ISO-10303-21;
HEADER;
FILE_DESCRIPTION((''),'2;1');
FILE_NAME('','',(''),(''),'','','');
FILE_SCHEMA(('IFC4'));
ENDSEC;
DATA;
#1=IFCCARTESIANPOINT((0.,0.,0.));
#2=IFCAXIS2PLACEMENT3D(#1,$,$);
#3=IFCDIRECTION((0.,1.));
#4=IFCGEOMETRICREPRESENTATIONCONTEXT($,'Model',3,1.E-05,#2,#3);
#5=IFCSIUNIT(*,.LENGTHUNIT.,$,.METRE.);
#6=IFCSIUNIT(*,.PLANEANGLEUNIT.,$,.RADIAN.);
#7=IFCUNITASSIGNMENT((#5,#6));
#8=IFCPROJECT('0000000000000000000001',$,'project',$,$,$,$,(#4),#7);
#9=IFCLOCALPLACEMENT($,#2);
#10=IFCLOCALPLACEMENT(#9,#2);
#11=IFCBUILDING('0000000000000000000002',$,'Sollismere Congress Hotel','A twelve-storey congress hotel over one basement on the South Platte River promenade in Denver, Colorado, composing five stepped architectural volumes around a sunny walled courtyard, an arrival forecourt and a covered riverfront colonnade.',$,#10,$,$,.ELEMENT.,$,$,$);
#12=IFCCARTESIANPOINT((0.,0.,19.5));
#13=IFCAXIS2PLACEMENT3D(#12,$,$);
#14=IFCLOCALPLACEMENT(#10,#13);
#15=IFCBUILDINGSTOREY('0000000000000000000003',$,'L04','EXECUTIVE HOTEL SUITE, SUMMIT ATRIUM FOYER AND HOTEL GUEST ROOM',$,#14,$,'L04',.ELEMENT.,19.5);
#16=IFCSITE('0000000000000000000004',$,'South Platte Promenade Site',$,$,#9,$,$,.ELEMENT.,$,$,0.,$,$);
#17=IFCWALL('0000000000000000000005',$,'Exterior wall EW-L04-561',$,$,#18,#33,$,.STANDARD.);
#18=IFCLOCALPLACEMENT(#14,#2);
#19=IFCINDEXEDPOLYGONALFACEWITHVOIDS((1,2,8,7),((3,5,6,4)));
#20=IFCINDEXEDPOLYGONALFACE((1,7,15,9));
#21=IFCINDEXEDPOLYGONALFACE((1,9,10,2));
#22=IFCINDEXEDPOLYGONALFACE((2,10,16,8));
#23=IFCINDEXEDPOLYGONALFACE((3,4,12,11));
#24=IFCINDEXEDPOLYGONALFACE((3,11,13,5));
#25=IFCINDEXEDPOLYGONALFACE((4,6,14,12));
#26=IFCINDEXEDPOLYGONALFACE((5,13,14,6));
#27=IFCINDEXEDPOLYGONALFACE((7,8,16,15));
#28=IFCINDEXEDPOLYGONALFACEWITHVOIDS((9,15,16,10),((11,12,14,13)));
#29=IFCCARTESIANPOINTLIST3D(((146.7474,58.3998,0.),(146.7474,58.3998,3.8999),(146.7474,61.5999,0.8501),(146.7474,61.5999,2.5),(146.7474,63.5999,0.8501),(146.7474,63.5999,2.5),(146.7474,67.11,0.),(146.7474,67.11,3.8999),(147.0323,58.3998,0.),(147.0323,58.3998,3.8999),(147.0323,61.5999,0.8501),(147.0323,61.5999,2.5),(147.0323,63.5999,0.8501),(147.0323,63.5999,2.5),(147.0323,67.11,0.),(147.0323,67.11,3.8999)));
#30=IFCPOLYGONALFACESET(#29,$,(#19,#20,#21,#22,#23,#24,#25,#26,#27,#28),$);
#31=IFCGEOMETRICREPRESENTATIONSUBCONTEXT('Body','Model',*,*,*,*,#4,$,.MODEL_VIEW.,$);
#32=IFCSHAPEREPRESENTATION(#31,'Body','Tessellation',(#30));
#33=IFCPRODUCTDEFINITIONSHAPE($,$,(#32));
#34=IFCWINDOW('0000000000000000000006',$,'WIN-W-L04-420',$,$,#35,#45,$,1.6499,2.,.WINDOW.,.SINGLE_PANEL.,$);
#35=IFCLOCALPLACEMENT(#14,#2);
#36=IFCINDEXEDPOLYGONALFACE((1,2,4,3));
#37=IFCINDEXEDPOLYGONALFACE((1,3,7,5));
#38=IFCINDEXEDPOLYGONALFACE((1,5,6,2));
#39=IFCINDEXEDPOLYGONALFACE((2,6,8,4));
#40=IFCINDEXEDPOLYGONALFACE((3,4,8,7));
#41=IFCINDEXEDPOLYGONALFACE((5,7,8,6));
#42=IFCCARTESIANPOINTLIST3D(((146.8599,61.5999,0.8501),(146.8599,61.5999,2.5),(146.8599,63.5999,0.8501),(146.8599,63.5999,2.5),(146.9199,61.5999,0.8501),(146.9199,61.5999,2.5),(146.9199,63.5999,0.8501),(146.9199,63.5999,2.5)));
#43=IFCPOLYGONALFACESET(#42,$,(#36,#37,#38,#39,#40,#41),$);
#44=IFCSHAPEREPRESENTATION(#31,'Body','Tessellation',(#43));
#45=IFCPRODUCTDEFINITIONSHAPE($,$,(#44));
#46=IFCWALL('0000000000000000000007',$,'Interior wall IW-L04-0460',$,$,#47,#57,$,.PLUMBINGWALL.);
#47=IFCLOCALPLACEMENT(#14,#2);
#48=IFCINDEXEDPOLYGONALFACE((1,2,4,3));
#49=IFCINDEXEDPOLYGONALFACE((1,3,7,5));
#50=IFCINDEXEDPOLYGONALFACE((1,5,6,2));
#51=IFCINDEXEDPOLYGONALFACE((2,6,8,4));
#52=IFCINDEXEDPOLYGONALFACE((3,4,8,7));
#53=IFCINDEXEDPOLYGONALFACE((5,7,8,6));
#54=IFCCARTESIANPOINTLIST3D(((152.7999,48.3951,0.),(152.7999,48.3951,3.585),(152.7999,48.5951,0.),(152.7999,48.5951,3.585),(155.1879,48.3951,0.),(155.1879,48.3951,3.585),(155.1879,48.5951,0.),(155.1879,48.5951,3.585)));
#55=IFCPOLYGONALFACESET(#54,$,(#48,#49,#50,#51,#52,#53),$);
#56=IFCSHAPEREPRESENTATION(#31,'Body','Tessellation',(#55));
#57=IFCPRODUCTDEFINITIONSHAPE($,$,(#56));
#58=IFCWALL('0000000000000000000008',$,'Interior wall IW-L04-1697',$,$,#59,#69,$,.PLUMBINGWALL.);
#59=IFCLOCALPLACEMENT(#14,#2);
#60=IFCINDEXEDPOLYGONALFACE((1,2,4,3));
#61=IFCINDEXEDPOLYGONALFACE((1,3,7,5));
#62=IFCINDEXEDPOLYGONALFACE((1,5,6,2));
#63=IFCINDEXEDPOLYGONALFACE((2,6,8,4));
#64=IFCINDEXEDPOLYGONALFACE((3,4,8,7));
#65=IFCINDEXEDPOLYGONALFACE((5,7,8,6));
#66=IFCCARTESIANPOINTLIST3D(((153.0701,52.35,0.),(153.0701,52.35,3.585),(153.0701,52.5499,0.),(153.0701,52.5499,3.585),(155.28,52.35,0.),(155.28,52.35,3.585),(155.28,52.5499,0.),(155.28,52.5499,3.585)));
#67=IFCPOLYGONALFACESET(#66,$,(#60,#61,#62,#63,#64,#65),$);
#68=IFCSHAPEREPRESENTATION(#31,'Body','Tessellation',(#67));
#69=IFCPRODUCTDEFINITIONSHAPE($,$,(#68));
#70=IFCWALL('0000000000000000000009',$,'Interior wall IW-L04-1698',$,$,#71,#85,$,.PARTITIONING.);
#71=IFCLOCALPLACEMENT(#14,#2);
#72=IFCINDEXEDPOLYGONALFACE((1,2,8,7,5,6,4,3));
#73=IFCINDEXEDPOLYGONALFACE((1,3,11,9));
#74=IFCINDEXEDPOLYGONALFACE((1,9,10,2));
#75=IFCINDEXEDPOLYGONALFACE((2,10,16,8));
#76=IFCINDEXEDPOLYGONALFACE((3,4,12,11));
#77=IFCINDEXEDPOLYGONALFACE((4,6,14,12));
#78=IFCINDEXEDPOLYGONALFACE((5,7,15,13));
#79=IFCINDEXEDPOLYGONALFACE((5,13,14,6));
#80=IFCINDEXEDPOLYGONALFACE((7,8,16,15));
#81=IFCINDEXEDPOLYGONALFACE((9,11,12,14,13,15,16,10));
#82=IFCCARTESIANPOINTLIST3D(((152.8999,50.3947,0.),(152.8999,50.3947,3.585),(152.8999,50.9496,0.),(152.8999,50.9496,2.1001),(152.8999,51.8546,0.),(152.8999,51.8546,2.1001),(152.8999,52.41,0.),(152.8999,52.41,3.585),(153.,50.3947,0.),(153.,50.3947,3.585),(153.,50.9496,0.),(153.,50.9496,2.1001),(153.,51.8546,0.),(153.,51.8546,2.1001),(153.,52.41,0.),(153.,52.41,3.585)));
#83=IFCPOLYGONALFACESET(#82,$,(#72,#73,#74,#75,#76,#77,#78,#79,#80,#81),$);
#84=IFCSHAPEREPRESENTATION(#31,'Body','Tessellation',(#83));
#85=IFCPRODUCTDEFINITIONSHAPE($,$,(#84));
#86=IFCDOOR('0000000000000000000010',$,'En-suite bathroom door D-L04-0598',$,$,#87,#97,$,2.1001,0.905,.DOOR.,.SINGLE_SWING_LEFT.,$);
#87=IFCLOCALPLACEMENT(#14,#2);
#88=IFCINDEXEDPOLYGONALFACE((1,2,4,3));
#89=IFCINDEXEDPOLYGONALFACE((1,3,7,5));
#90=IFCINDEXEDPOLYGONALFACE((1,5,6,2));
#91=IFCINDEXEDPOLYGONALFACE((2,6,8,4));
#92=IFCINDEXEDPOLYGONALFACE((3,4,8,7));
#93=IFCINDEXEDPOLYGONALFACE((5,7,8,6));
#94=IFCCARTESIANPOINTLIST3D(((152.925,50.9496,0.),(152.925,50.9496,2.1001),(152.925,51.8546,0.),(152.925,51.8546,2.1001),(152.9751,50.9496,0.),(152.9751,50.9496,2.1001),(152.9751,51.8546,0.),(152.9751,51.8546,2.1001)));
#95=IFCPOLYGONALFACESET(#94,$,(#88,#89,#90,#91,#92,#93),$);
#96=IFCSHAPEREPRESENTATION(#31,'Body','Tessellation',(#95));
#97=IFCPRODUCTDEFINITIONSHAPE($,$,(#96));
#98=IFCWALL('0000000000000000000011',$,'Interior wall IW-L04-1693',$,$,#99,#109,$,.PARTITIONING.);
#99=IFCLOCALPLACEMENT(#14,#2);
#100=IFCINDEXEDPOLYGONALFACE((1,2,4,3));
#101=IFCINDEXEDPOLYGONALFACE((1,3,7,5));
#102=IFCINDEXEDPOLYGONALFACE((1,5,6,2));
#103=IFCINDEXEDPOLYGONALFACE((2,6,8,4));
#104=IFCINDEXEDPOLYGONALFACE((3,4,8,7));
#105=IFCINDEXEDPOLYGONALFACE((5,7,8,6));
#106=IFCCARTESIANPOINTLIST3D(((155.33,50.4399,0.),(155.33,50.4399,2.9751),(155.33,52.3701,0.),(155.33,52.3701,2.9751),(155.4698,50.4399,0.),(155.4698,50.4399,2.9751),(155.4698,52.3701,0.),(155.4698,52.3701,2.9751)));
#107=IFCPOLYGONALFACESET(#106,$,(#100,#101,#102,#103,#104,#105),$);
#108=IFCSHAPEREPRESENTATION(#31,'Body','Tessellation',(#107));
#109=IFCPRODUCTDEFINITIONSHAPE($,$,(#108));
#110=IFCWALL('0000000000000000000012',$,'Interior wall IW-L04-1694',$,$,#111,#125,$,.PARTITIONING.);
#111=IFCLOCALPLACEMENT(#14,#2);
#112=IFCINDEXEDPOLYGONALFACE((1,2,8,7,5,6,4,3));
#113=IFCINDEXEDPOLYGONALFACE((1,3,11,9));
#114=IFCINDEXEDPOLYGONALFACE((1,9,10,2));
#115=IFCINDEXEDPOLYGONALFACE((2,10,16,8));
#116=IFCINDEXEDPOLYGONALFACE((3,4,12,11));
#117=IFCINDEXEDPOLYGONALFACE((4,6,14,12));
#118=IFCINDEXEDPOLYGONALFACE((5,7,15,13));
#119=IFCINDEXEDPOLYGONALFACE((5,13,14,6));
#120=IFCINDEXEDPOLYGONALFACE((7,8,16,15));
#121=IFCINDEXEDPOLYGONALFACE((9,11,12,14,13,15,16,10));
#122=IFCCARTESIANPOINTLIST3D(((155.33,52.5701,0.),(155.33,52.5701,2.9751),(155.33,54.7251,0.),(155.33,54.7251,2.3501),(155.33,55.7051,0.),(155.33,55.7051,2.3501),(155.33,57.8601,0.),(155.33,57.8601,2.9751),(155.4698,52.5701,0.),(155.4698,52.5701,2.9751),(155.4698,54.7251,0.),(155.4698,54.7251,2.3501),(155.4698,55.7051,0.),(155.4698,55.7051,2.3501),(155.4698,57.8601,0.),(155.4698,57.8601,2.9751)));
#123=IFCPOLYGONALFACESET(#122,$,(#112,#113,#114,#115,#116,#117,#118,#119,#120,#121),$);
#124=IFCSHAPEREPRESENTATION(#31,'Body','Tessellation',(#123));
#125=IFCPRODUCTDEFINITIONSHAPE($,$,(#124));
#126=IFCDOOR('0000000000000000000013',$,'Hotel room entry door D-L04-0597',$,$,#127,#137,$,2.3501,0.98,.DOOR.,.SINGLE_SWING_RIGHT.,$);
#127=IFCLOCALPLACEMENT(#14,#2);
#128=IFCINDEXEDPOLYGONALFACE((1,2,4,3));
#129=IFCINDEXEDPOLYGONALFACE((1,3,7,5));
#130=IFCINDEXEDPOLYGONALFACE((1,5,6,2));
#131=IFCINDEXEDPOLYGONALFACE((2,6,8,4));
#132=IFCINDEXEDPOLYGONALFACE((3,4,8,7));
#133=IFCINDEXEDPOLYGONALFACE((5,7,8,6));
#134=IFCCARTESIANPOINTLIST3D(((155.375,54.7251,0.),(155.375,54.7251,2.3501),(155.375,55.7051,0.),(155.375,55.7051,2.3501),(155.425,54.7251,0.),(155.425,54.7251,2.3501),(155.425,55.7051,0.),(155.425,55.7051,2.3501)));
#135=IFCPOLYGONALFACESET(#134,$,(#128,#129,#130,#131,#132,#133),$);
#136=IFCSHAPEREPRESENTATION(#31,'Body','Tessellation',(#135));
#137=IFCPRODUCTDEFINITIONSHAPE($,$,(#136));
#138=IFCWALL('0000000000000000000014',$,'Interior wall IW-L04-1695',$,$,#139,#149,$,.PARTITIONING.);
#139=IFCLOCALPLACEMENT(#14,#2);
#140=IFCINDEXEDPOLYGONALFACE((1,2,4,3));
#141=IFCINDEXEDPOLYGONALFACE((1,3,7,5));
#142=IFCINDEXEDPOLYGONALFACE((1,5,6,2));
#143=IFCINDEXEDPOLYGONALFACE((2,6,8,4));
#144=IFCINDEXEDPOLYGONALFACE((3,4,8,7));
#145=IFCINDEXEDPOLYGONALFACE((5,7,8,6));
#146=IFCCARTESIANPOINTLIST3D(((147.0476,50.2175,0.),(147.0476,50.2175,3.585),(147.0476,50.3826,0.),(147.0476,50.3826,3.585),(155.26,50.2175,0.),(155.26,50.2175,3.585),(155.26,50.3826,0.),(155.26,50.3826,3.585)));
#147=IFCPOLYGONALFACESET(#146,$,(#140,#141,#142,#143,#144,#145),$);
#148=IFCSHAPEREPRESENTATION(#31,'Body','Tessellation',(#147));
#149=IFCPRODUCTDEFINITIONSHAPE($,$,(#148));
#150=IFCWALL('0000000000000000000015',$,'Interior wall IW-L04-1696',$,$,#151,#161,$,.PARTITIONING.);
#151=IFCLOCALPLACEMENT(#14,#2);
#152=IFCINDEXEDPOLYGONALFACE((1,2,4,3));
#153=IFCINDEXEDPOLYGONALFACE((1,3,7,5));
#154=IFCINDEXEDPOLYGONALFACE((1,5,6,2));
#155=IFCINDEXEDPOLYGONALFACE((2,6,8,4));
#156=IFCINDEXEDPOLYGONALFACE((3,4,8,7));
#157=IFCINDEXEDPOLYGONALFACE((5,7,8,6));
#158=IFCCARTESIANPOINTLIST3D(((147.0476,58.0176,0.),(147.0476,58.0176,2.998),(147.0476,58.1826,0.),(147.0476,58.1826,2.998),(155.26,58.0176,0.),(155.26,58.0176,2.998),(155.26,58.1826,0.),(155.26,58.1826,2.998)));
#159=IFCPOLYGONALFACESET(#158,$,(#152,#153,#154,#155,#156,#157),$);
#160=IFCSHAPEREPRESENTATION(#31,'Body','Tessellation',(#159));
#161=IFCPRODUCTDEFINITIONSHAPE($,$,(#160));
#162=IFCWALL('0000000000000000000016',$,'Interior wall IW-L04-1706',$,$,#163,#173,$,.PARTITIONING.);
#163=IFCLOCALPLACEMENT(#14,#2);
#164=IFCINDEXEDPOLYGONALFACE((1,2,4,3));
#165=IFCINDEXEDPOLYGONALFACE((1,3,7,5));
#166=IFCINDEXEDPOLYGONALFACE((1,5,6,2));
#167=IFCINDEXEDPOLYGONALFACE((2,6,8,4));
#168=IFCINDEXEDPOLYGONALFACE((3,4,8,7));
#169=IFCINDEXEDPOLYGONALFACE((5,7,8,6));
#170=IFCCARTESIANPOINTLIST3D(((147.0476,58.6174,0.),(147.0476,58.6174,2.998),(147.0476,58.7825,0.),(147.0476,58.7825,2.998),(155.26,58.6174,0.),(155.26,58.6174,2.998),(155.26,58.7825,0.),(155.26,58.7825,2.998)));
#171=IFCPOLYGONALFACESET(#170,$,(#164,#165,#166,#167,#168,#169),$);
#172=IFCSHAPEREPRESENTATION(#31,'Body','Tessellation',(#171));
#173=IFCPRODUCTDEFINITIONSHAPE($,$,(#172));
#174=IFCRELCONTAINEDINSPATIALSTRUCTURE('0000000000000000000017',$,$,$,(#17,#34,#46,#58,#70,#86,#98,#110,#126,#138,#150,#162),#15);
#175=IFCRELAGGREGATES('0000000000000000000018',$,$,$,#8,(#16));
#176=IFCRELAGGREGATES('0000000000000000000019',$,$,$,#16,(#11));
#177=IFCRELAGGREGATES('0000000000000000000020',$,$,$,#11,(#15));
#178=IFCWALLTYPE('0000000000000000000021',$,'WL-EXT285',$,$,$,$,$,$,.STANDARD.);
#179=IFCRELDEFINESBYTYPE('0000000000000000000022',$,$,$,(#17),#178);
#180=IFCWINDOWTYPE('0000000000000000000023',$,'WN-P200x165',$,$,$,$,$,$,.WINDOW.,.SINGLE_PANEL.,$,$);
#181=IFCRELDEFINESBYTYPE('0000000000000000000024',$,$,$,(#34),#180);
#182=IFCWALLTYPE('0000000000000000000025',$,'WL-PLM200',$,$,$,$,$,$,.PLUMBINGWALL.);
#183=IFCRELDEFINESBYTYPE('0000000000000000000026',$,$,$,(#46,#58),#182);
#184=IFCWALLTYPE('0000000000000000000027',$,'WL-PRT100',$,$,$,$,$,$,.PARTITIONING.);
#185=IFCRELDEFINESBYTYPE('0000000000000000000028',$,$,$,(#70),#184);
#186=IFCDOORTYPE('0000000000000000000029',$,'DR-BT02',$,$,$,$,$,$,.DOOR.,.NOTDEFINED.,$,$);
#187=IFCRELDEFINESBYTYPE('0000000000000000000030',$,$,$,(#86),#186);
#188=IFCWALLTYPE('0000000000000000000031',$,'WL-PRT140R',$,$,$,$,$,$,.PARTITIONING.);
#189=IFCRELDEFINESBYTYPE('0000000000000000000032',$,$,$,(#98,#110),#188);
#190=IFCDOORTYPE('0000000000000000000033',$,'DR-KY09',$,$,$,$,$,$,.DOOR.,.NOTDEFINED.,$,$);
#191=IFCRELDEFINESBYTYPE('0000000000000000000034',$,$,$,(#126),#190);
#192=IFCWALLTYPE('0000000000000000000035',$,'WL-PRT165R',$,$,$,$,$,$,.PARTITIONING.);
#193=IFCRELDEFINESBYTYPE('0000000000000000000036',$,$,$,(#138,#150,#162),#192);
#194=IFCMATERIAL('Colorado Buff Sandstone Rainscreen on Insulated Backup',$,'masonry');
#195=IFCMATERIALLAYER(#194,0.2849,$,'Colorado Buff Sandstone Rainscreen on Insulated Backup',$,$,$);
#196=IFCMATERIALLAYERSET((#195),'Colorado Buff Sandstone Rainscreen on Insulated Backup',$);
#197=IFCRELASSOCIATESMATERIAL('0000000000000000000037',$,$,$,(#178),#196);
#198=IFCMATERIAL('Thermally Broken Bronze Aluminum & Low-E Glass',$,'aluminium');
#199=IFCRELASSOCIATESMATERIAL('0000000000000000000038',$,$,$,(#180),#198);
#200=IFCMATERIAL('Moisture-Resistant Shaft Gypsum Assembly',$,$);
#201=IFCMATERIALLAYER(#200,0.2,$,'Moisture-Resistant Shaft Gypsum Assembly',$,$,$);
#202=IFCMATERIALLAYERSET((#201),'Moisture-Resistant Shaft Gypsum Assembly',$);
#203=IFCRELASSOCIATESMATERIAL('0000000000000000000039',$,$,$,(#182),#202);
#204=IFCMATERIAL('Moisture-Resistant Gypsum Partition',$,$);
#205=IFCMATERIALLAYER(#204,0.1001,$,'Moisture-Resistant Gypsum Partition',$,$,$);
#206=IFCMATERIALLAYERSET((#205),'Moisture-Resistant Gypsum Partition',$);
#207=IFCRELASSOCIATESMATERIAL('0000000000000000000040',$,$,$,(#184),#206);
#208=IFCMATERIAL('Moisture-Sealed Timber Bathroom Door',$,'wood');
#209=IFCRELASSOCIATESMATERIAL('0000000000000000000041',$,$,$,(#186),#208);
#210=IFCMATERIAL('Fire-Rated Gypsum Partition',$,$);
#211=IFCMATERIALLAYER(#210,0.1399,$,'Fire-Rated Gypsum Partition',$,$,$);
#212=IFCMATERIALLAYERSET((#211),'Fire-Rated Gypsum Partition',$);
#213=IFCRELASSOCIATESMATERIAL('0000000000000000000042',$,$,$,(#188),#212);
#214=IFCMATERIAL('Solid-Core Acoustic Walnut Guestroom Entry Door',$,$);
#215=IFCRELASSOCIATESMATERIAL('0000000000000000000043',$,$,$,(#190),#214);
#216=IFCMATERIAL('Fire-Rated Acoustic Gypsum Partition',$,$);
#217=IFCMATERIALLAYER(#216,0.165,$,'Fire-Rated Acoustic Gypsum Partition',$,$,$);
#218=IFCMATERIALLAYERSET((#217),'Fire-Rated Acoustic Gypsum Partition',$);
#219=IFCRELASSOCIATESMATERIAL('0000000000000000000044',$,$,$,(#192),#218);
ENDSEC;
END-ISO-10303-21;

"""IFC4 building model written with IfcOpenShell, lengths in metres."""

from ifc_helpers import new_model, si_unit, direction, frame, frame_2d, origin, place, context, subcontext, project, spatial, rectangle, extrude, material, layer, layer_set, type_object, element, fill, save


model = new_model("IFC4")

# Units and contexts
model_context = context("Model", 3, precision=1e-05, world=origin(), true_north=direction((0.0, 1.0)))
body_context = subcontext(model_context, "Body", "Model", "MODEL_VIEW")
ifc_project = project(units=[si_unit("LENGTHUNIT", "METRE"), si_unit("PLANEANGLEUNIT", "RADIAN")], contexts=[model_context])

# Site, building, storey
site_placement = place(None, origin())
site = spatial("IfcSite", under=ifc_project, at=site_placement, Name="South Platte Promenade Site", CompositionType="ELEMENT", RefElevation=0.0)
building_placement = place(site_placement, origin())
building = spatial("IfcBuilding", under=site, at=building_placement, Name="Sollismere Congress Hotel", Description="A twelve-storey congress hotel over one basement on the South Platte River promenade in Denver, Colorado, composing five stepped architectural volumes around a sunny walled courtyard, an arrival forecourt and a covered riverfront colonnade.", CompositionType="ELEMENT")
storey_placement = place(building_placement, frame((0.0, 0.0, 19.5)))
storey = spatial("IfcBuildingStorey", under=building, at=storey_placement, Name="L04", Description="EXECUTIVE HOTEL SUITE, SUMMIT ATRIUM FOYER AND HOTEL GUEST ROOM", LongName="L04", CompositionType="ELEMENT", Elevation=19.5)

# Wall, opening, window
ifc_material_1 = material(Name="Colorado Buff Sandstone Rainscreen on Insulated Backup", Category="masonry")
ifc_layer_1 = layer(ifc_material_1, 0.2849, Name="Colorado Buff Sandstone Rainscreen on Insulated Backup")
ifc_layer_set_1 = layer_set([ifc_layer_1], Name="Colorado Buff Sandstone Rainscreen on Insulated Backup")
wall_type_1 = type_object("IfcWallType", Name="WL-EXT285", PredefinedType="STANDARD", material=ifc_layer_set_1)
ifc_material_2 = material(Name="Thermally Broken Bronze Aluminum & Low-E Glass", Category="aluminium")
wall_1_placement = place(storey_placement, frame((146.8899, 58.3999, 0.0), z_axis=(0.0, 0.0, 1.0), x_axis=(0.0, 1.0, 0.0)))
wall_1 = element("IfcWall", 1, at=wall_1_placement, inside=storey, type_object=wall_type_1, Name="Exterior wall EW-L04-561", PredefinedType="STANDARD", context=body_context, shape_type="SweptSolid", body=[
    extrude(rectangle(XDim=8.7102, YDim=0.2849, at=frame_2d((4.355, 0.0))), origin(), (0.0, 0.0, 1.0), 3.8999),
])
opening_1_placement = place(wall_1_placement, frame((3.2, 0.0, 0.8501)))
opening_1 = element("IfcOpeningElement", 2, at=opening_1_placement, cuts=wall_1, PredefinedType="OPENING", context=body_context, shape_type="SweptSolid", body=[
    extrude(rectangle(XDim=2.0, YDim=1.6499, at=frame_2d((1.0, 0.825))), frame((0.0, 0.1523, 0.0), z_axis=(0.0, -1.0, 0.0), x_axis=(1.0, 0.0, 0.0)), (0.0, 0.0, 1.0), 0.3049),
])
window_type_1 = type_object("IfcWindowType", Name="WN-P200x165", PartitioningType="SINGLE_PANEL", PredefinedType="WINDOW", material=ifc_material_2)
window_1_placement = place(opening_1_placement, origin())
window_1 = element("IfcWindow", 3, at=window_1_placement, inside=storey, type_object=window_type_1, Name="WIN-W-L04-420", OverallHeight=1.6499, OverallWidth=2.0, PartitioningType="SINGLE_PANEL", PredefinedType="WINDOW", context=body_context, shape_type="SweptSolid", body=[
    extrude(rectangle(XDim=2.0, YDim=1.6499, at=frame_2d((1.0, 0.825))), frame((0.0, 0.03, 0.0), z_axis=(0.0, -1.0, 0.0), x_axis=(1.0, 0.0, 0.0)), (0.0, 0.0, 1.0), 0.0601),
])
fill(opening_1, window_1)

# Walls
ifc_material_3 = material(Name="Moisture-Resistant Shaft Gypsum Assembly")
ifc_layer_2 = layer(ifc_material_3, 0.2, Name="Moisture-Resistant Shaft Gypsum Assembly")
ifc_layer_set_2 = layer_set([ifc_layer_2], Name="Moisture-Resistant Shaft Gypsum Assembly")
wall_type_2 = type_object("IfcWallType", Name="WL-PLM200", PredefinedType="PLUMBINGWALL", material=ifc_layer_set_2)
wall_2_placement = place(storey_placement, frame((152.8, 48.4951, 0.0), z_axis=(0.0, 0.0, 1.0), x_axis=(1.0, 0.0, 0.0)))
element("IfcWall", 4, at=wall_2_placement, inside=storey, type_object=wall_type_2, Name="Interior wall IW-L04-0460", PredefinedType="PLUMBINGWALL", context=body_context, shape_type="SweptSolid", body=[
    extrude(rectangle(XDim=2.3879, YDim=0.2, at=frame_2d((1.1938, 0.0))), origin(), (0.0, 0.0, 1.0), 3.585),
])
wall_3_placement = place(storey_placement, frame((153.0701, 52.45, 0.0), z_axis=(0.0, 0.0, 1.0), x_axis=(1.0, 0.0, 0.0)))
element("IfcWall", 5, at=wall_3_placement, inside=storey, type_object=wall_type_2, Name="Interior wall IW-L04-1697", PredefinedType="PLUMBINGWALL", context=body_context, shape_type="SweptSolid", body=[
    extrude(rectangle(XDim=2.21, YDim=0.2, at=frame_2d((1.105, 0.0))), origin(), (0.0, 0.0, 1.0), 3.585),
])

# Wall, opening, door
ifc_material_4 = material(Name="Moisture-Resistant Gypsum Partition")
ifc_layer_3 = layer(ifc_material_4, 0.1001, Name="Moisture-Resistant Gypsum Partition")
ifc_layer_set_3 = layer_set([ifc_layer_3], Name="Moisture-Resistant Gypsum Partition")
wall_type_3 = type_object("IfcWallType", Name="WL-PRT100", PredefinedType="PARTITIONING", material=ifc_layer_set_3)
wall_4_placement = place(storey_placement, frame((152.95, 50.3945, 0.0), z_axis=(0.0, 0.0, 1.0), x_axis=(0.0, 1.0, 0.0)))
wall_4 = element("IfcWall", 6, at=wall_4_placement, inside=storey, type_object=wall_type_3, Name="Interior wall IW-L04-1698", PredefinedType="PARTITIONING", context=body_context, shape_type="SweptSolid", body=[
    extrude(rectangle(XDim=2.0154, YDim=0.1001, at=frame_2d((1.0078, 0.0))), origin(), (0.0, 0.0, 1.0), 3.585),
])
opening_2_placement = place(wall_4_placement, frame((0.5549, 0.0, 0.0)))
opening_2 = element("IfcOpeningElement", 7, at=opening_2_placement, cuts=wall_4, PredefinedType="OPENING", context=body_context, shape_type="SweptSolid", body=[
    extrude(rectangle(XDim=0.905, YDim=2.1001, at=frame_2d((0.4526, 1.05))), frame((0.0, 0.0601, 0.0), z_axis=(0.0, -1.0, 0.0), x_axis=(1.0, 0.0, 0.0)), (0.0, 0.0, 1.0), 0.1201),
])
ifc_material_5 = material(Name="Moisture-Sealed Timber Bathroom Door", Category="wood")
door_type_1 = type_object("IfcDoorType", Name="DR-BT02", OperationType="NOTDEFINED", PredefinedType="DOOR", material=ifc_material_5)
door_1_placement = place(opening_2_placement, origin())
door_1 = element("IfcDoor", 8, at=door_1_placement, inside=storey, type_object=door_type_1, Name="En-suite bathroom door D-L04-0598", OperationType="SINGLE_SWING_LEFT", OverallHeight=2.1001, OverallWidth=0.905, PredefinedType="DOOR", context=body_context, shape_type="SweptSolid", body=[
    extrude(rectangle(XDim=0.905, YDim=2.1001, at=frame_2d((0.4526, 1.05))), frame((0.0, 0.0249, 0.0), z_axis=(0.0, -1.0, 0.0), x_axis=(1.0, 0.0, 0.0)), (0.0, 0.0, 1.0), 0.05),
])
fill(opening_2, door_1)

# Wall
ifc_material_6 = material(Name="Fire-Rated Gypsum Partition")
ifc_layer_4 = layer(ifc_material_6, 0.1399, Name="Fire-Rated Gypsum Partition")
ifc_layer_set_4 = layer_set([ifc_layer_4], Name="Fire-Rated Gypsum Partition")
wall_type_4 = type_object("IfcWallType", Name="WL-PRT140R", PredefinedType="PARTITIONING", material=ifc_layer_set_4)
wall_5_placement = place(storey_placement, frame((155.3999, 50.4399, 0.0), z_axis=(0.0, 0.0, 1.0), x_axis=(0.0, 1.0, 0.0)))
element("IfcWall", 9, at=wall_5_placement, inside=storey, type_object=wall_type_4, Name="Interior wall IW-L04-1693", PredefinedType="PARTITIONING", context=body_context, shape_type="SweptSolid", body=[
    extrude(rectangle(XDim=1.9302, YDim=0.1399, at=frame_2d((0.9651, 0.0))), origin(), (0.0, 0.0, 1.0), 2.9751),
])

# Wall, opening, door
wall_6_placement = place(storey_placement, frame((155.3999, 52.5701, 0.0), z_axis=(0.0, 0.0, 1.0), x_axis=(0.0, 1.0, 0.0)))
wall_6 = element("IfcWall", 10, at=wall_6_placement, inside=storey, type_object=wall_type_4, Name="Interior wall IW-L04-1694", PredefinedType="PARTITIONING", context=body_context, shape_type="SweptSolid", body=[
    extrude(rectangle(XDim=5.29, YDim=0.1399, at=frame_2d((2.645, 0.0))), origin(), (0.0, 0.0, 1.0), 2.9751),
])
opening_3_placement = place(wall_6_placement, frame((2.155, 0.0, 0.0)))
opening_3 = element("IfcOpeningElement", 11, at=opening_3_placement, cuts=wall_6, PredefinedType="OPENING", context=body_context, shape_type="SweptSolid", body=[
    extrude(rectangle(XDim=0.98, YDim=2.3501, at=frame_2d((0.49, 1.175))), frame((0.0, 0.0798, 0.0), z_axis=(0.0, -1.0, 0.0), x_axis=(1.0, 0.0, 0.0)), (0.0, 0.0, 1.0), 0.1599),
])
ifc_material_7 = material(Name="Solid-Core Acoustic Walnut Guestroom Entry Door")
door_type_2 = type_object("IfcDoorType", Name="DR-KY09", OperationType="NOTDEFINED", PredefinedType="DOOR", material=ifc_material_7)
door_2_placement = place(opening_3_placement, origin())
door_2 = element("IfcDoor", 12, at=door_2_placement, inside=storey, type_object=door_type_2, Name="Hotel room entry door D-L04-0597", OperationType="SINGLE_SWING_RIGHT", OverallHeight=2.3501, OverallWidth=0.98, PredefinedType="DOOR", context=body_context, shape_type="SweptSolid", body=[
    extrude(rectangle(XDim=0.98, YDim=2.3501, at=frame_2d((0.49, 1.175))), frame((0.0, 0.0249, 0.0), z_axis=(0.0, -1.0, 0.0), x_axis=(1.0, 0.0, 0.0)), (0.0, 0.0, 1.0), 0.05),
])
fill(opening_3, door_2)

# Walls
ifc_material_8 = material(Name="Fire-Rated Acoustic Gypsum Partition")
ifc_layer_5 = layer(ifc_material_8, 0.165, Name="Fire-Rated Acoustic Gypsum Partition")
ifc_layer_set_5 = layer_set([ifc_layer_5], Name="Fire-Rated Acoustic Gypsum Partition")
wall_type_5 = type_object("IfcWallType", Name="WL-PRT165R", PredefinedType="PARTITIONING", material=ifc_layer_set_5)
wall_7_placement = place(storey_placement, frame((147.0476, 50.3, 0.0), z_axis=(0.0, 0.0, 1.0), x_axis=(1.0, 0.0, 0.0)))
element("IfcWall", 13, at=wall_7_placement, inside=storey, type_object=wall_type_5, Name="Interior wall IW-L04-1695", PredefinedType="PARTITIONING", context=body_context, shape_type="SweptSolid", body=[
    extrude(rectangle(XDim=8.2124, YDim=0.165, at=frame_2d((4.1062, 0.0))), origin(), (0.0, 0.0, 1.0), 3.585),
])
for number, where, z_axis, x_axis, name in (
    (14, (147.0476, 58.1001, 0.0), (0.0, 0.0, 1.0), (1.0, 0.0, 0.0), "Interior wall IW-L04-1696"),
    (15, (147.0476, 58.7, 0.0), (0.0, 0.0, 1.0), (1.0, 0.0, 0.0), "Interior wall IW-L04-1706"),
):
    element("IfcWall", number, at=place(storey_placement, frame(where, z_axis=z_axis, x_axis=x_axis)), inside=storey, type_object=wall_type_5, Name=name, PredefinedType="PARTITIONING", context=body_context, shape_type="SweptSolid", body=[
        extrude(rectangle(XDim=8.2124, YDim=0.165, at=frame_2d((4.1062, 0.0))), origin(), (0.0, 0.0, 1.0), 2.998),
    ])

save(model, "model.ifc")
